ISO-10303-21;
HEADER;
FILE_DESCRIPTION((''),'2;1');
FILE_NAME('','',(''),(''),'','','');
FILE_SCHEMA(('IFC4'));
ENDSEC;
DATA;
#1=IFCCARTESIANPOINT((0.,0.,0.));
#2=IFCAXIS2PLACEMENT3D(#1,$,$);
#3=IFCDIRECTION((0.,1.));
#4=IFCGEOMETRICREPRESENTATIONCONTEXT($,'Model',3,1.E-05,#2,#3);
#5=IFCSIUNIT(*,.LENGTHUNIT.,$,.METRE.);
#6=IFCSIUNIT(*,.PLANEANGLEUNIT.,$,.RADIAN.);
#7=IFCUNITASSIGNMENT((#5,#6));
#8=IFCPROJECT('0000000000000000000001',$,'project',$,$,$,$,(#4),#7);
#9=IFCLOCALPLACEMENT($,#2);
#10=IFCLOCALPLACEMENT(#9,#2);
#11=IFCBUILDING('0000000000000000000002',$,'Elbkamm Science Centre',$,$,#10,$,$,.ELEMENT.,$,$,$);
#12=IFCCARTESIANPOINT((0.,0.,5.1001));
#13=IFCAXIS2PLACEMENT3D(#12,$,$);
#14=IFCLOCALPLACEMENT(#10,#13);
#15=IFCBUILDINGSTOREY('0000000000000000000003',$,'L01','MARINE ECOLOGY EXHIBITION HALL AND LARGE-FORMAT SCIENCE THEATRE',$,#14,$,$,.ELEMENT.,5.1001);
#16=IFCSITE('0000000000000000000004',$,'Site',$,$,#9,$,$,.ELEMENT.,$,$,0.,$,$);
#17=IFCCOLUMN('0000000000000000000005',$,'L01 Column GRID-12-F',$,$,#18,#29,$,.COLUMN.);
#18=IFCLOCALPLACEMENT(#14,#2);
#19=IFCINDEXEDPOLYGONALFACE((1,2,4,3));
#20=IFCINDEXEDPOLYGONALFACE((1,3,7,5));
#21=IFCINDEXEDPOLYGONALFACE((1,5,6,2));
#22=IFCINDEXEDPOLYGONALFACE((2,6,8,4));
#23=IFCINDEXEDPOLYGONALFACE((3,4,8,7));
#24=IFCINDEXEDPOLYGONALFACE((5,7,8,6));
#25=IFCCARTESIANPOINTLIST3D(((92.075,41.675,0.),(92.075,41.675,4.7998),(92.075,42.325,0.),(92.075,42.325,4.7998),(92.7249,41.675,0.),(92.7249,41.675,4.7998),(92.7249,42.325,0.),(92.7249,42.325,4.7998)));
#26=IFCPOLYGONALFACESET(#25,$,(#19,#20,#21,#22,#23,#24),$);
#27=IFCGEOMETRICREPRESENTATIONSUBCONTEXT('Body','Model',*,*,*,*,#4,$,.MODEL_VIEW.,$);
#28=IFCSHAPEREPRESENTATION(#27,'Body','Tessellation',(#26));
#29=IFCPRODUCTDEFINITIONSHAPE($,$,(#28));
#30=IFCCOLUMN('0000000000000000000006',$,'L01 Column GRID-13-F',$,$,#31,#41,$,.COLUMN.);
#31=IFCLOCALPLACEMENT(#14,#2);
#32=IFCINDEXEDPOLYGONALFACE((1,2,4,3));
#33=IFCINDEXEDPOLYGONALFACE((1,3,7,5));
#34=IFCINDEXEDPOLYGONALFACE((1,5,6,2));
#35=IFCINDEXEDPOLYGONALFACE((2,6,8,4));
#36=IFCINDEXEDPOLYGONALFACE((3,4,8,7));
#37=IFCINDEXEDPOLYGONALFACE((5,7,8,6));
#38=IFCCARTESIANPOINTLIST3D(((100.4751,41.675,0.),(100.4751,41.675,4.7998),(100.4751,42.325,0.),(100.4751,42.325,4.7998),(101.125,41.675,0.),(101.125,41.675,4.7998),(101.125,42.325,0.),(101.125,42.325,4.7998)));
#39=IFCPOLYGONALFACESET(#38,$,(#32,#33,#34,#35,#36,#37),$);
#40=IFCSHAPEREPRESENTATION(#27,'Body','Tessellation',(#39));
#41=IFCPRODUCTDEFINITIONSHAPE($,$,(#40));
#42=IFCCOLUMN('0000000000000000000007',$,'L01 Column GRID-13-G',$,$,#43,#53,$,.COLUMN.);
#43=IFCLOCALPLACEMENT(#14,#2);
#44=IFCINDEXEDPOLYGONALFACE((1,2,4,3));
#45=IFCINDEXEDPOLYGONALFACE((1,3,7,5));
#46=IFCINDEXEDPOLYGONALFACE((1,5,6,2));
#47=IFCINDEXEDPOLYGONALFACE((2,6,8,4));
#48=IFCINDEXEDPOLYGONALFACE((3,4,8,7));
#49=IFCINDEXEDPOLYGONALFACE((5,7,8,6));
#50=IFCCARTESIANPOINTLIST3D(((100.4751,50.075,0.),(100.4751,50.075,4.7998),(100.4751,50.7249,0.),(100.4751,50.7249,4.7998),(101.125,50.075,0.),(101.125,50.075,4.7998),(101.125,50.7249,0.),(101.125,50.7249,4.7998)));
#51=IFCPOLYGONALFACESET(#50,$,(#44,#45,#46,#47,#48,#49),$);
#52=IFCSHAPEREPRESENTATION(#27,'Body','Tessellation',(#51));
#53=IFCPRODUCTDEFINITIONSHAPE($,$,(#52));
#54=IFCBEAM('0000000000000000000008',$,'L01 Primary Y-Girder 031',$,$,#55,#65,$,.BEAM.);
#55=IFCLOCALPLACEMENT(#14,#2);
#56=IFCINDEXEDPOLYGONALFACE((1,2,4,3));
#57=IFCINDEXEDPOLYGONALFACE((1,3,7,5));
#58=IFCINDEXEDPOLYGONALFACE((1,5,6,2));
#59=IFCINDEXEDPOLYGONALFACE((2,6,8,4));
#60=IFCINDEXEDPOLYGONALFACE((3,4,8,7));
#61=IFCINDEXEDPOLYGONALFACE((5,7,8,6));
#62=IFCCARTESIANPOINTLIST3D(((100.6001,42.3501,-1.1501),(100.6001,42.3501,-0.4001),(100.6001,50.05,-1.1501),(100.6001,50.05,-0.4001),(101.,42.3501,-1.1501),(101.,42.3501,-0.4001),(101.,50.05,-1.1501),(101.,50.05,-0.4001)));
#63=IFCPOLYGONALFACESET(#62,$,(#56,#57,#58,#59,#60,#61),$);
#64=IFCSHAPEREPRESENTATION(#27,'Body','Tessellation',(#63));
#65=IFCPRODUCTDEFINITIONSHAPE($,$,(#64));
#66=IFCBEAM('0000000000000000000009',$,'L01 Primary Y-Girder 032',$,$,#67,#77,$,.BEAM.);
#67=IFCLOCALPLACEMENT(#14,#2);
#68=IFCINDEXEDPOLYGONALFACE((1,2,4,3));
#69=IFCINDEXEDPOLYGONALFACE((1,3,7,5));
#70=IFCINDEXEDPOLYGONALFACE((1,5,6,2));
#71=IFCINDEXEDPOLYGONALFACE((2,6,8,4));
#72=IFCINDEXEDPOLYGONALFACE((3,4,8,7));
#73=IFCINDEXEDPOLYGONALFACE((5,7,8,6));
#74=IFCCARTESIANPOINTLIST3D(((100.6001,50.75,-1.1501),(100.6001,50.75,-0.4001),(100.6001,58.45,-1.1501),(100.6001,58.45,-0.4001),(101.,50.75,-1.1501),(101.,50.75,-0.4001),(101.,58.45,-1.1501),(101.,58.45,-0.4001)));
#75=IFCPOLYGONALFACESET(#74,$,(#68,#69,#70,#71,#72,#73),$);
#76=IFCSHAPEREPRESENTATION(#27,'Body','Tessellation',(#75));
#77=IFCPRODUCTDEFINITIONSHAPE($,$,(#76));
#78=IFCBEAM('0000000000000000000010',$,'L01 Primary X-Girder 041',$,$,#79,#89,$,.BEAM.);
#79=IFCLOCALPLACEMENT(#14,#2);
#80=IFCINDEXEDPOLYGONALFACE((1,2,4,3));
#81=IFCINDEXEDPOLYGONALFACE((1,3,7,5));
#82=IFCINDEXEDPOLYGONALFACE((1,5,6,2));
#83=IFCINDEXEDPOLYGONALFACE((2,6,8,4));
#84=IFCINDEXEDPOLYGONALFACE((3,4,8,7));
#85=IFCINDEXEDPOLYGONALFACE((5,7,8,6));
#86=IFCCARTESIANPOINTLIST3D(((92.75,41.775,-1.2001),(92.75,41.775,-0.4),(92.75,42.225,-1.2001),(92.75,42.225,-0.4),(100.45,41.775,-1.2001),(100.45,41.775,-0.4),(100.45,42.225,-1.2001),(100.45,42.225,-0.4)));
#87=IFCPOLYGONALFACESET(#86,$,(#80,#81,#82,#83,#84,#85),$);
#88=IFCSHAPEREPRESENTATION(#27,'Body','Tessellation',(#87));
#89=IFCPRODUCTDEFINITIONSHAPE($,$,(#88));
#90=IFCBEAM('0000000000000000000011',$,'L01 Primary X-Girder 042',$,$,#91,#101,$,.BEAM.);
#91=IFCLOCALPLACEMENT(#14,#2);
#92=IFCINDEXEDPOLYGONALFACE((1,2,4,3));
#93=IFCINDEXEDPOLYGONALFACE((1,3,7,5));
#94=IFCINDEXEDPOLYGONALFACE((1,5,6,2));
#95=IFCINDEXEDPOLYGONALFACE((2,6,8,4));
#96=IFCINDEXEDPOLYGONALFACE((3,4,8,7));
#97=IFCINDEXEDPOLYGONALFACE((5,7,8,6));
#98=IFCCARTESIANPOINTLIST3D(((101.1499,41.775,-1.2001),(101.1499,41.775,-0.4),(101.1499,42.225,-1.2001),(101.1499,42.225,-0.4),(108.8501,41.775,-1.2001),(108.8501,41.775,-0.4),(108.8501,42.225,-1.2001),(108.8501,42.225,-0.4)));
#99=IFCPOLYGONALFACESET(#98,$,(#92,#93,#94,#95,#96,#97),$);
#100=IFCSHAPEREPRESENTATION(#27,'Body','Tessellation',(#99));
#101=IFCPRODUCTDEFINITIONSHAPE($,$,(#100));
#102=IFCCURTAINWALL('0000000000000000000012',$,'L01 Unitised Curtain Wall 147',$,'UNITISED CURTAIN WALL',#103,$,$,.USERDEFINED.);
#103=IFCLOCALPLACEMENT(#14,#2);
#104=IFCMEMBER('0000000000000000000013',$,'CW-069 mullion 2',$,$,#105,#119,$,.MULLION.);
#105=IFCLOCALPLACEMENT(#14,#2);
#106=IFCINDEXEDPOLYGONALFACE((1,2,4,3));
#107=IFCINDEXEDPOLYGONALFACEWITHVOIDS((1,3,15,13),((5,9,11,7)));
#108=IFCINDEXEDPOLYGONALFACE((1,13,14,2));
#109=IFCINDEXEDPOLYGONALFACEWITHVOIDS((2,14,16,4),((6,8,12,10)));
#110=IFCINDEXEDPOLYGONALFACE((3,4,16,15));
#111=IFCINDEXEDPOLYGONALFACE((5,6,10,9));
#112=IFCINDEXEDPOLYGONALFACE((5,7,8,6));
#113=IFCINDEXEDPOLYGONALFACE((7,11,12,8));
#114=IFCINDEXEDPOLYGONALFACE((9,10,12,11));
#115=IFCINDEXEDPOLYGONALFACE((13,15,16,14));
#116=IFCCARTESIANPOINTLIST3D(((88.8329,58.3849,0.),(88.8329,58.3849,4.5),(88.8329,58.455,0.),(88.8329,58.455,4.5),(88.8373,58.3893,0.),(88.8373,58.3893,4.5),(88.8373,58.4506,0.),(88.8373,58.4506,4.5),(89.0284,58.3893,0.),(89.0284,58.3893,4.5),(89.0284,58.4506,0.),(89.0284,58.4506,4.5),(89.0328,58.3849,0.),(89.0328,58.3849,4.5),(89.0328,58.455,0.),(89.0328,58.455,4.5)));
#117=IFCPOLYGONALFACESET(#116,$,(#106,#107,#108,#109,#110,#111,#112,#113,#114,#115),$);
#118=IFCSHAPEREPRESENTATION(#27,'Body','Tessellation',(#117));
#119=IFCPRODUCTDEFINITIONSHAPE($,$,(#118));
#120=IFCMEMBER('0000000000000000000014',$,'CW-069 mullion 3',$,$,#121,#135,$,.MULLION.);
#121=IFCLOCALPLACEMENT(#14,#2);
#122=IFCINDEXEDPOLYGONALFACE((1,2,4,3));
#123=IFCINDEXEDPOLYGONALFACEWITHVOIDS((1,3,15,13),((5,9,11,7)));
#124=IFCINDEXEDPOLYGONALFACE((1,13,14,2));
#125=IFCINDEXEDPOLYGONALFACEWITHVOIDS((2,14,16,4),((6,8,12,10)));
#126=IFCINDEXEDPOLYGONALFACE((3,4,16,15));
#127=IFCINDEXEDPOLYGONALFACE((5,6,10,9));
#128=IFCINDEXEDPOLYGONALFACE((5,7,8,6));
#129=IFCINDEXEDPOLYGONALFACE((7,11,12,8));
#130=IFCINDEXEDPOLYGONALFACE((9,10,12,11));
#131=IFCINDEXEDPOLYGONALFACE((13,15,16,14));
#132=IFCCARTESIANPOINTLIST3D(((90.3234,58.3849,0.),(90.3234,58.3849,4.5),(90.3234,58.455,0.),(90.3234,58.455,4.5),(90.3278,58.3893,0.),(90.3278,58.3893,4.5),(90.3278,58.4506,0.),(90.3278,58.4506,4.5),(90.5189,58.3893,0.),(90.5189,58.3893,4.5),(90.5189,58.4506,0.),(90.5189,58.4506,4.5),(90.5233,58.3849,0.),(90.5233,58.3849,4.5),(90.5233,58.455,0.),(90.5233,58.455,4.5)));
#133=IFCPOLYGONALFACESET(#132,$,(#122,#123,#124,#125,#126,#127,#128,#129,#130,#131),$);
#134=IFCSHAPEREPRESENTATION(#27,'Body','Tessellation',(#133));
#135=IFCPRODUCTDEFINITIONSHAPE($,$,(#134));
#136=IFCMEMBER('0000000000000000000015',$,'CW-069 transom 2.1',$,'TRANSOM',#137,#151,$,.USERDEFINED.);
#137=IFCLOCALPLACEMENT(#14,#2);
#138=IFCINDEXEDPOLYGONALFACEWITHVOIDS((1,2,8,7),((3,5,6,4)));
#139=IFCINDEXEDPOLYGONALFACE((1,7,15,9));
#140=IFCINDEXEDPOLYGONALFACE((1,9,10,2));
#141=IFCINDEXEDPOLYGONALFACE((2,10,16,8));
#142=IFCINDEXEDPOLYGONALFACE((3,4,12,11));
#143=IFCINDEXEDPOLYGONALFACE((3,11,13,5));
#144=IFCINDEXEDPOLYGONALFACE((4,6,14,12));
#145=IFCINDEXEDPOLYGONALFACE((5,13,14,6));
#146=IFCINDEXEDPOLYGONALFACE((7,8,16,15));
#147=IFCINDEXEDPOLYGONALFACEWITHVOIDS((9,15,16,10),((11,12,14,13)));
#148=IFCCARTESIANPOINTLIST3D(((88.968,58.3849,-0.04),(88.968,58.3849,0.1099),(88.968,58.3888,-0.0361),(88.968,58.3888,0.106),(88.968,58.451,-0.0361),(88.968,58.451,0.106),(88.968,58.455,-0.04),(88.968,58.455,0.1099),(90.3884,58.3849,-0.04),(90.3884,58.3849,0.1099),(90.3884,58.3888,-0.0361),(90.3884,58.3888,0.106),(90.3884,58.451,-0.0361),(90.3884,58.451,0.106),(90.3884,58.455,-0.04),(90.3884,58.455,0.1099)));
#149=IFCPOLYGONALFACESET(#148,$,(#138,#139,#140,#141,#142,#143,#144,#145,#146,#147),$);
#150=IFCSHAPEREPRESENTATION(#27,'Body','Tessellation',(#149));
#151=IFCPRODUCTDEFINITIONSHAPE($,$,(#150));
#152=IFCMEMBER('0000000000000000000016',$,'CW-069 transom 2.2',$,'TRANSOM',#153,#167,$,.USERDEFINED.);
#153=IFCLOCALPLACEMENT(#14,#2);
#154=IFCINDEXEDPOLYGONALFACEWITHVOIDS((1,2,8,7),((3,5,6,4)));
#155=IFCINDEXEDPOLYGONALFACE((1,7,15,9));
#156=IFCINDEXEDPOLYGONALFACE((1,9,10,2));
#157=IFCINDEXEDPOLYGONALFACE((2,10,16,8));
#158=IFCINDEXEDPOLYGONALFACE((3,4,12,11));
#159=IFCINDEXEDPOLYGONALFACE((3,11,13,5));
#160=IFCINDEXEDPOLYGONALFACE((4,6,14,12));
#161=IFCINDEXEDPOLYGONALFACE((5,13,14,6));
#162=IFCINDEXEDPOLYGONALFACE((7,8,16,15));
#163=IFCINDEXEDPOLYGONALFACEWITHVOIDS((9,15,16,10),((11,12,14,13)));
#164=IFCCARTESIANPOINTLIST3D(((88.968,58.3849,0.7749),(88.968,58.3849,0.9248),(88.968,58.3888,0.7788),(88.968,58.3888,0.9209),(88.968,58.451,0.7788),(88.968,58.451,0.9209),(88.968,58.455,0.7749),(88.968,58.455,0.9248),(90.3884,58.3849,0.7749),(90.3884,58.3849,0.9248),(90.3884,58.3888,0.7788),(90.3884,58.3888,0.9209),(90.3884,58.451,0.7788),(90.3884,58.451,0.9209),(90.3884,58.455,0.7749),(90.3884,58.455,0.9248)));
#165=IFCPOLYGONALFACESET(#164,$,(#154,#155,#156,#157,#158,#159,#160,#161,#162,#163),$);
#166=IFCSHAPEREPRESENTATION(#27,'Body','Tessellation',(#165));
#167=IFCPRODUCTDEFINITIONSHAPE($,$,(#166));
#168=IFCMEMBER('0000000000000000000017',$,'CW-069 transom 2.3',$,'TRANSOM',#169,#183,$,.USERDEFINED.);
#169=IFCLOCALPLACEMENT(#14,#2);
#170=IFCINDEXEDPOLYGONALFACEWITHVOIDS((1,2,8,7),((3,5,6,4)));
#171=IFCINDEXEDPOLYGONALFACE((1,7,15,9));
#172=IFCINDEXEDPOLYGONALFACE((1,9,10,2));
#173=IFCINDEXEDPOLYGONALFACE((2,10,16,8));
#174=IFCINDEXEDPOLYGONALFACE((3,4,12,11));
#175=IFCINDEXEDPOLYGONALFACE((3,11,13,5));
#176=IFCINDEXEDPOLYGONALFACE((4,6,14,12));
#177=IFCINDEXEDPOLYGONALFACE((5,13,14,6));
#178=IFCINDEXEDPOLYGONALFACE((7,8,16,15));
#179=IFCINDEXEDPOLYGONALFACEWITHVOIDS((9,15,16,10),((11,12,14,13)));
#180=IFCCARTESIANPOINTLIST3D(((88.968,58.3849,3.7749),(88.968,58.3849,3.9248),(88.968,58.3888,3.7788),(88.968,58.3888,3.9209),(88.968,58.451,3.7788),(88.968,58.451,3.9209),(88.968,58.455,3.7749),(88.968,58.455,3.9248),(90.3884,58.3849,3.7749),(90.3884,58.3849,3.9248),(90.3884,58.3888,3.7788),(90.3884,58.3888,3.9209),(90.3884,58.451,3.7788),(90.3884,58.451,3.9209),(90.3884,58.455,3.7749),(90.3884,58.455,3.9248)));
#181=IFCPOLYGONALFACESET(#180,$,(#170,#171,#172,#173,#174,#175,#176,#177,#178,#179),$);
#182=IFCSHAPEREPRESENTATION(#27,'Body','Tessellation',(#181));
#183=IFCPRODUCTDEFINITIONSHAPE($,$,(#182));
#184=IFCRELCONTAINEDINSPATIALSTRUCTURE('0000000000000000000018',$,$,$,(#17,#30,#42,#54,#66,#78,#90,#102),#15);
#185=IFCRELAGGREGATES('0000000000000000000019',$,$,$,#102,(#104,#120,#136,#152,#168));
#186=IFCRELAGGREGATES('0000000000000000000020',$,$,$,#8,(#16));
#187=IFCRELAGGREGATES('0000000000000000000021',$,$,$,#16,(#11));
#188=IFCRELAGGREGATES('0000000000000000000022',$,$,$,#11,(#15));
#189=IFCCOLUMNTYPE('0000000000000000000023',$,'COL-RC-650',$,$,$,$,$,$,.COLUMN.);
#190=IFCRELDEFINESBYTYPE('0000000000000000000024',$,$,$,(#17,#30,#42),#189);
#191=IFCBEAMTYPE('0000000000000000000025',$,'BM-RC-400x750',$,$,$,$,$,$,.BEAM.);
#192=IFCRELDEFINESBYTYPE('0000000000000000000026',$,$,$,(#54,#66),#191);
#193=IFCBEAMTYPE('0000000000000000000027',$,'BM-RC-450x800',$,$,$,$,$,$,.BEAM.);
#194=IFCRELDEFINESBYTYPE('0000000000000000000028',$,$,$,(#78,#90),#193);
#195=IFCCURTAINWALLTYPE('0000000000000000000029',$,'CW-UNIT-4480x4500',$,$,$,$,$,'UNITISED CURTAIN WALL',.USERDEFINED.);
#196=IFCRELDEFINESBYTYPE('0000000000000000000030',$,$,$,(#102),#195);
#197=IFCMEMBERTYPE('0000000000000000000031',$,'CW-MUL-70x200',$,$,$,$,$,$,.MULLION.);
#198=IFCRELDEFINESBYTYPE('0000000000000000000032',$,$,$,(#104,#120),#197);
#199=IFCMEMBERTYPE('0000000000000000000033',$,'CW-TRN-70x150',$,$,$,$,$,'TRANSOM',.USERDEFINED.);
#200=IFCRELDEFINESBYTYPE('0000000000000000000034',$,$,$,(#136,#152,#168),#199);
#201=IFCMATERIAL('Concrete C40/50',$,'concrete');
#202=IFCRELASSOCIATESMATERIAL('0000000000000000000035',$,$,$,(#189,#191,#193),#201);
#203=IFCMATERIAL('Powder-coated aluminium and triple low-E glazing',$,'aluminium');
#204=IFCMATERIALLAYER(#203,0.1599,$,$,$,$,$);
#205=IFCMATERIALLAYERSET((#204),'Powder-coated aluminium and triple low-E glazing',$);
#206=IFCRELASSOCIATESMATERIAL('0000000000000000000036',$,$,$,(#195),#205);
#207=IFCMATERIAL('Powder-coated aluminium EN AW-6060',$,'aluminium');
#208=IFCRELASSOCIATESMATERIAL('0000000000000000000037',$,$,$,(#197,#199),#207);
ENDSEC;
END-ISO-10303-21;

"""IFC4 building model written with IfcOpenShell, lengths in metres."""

from ifc_helpers import new_model, si_unit, direction, frame, origin, origin_2d, place, context, subcontext, project, spatial, rectangle, hollow_rectangle, extrude, material, layer, layer_set, material_profile, profile_set, type_object, element, aggregate, save


model = new_model("IFC4")

# Units and contexts
model_context = context("Model", 3, precision=1e-05, world=origin(), true_north=direction((0.0, 1.0)))
body_context = subcontext(model_context, "Body", "Model", "MODEL_VIEW")
ifc_project = project(units=[si_unit("LENGTHUNIT", "METRE"), si_unit("PLANEANGLEUNIT", "RADIAN")], contexts=[model_context])

# Site, building, storey
site_placement = place(None, origin())
site = spatial("IfcSite", under=ifc_project, at=site_placement, Name="Site", CompositionType="ELEMENT", RefElevation=0.0)
building_placement = place(site_placement, origin())
building = spatial("IfcBuilding", under=site, at=building_placement, Name="Elbkamm Science Centre", CompositionType="ELEMENT")
storey_placement = place(building_placement, frame((0.0, 0.0, 5.1001)))
storey = spatial("IfcBuildingStorey", under=building, at=storey_placement, Name="L01", Description="MARINE ECOLOGY EXHIBITION HALL AND LARGE-FORMAT SCIENCE THEATRE", CompositionType="ELEMENT", Elevation=5.1001)

# Columns
ifc_material_1 = material(Name="Concrete C40/50", Category="concrete")
ifc_material_profile_1 = material_profile(ifc_material_1, rectangle(XDim=0.6499, YDim=0.6499, at=origin_2d()), Name="RC 650x650")
ifc_profile_set_1 = profile_set([ifc_material_profile_1], Name="Concrete C40/50")
column_type = type_object("IfcColumnType", Name="COL-RC-650", PredefinedType="COLUMN", material=ifc_profile_set_1)
for number, where, z_axis, x_axis, name in (
    (1, (92.3999, 42.0, 0.0), (0.0, 0.0, 1.0), (1.0, 0.0, 0.0), "L01 Column GRID-12-F"),
    (2, (100.8, 42.0, 0.0), (0.0, 0.0, 1.0), (1.0, 0.0, 0.0), "L01 Column GRID-13-F"),
    (3, (100.8, 50.3999, 0.0), (0.0, 0.0, 1.0), (1.0, 0.0, 0.0), "L01 Column GRID-13-G"),
):
    element("IfcColumn", number, at=place(storey_placement, frame(where, z_axis=z_axis, x_axis=x_axis)), inside=storey, type_object=column_type, Name=name, PredefinedType="COLUMN", context=body_context, shape_type="SweptSolid", body=[
        extrude(rectangle(XDim=0.6499, YDim=0.6499, at=origin_2d()), origin(), (0.0, 0.0, 1.0), 4.7998),
    ])

# Beams
ifc_material_profile_2 = material_profile(ifc_material_1, rectangle(XDim=0.3999, YDim=0.75, at=origin_2d()), Name="RC 400x750")
ifc_profile_set_2 = profile_set([ifc_material_profile_2], Name="Concrete C40/50")
beam_type_1 = type_object("IfcBeamType", Name="BM-RC-400x750", PredefinedType="BEAM", material=ifc_profile_set_2)
for number, where, z_axis, x_axis, name in (
    (4, (100.8, 42.3501, -0.7751), (0.0, 1.0, 0.0), (-1.0, 0.0, 0.0), "L01 Primary Y-Girder 031"),
    (5, (100.8, 50.75, -0.7751), (0.0, 1.0, 0.0), (-1.0, 0.0, 0.0), "L01 Primary Y-Girder 032"),
):
    element("IfcBeam", number, at=place(storey_placement, frame(where, z_axis=z_axis, x_axis=x_axis)), inside=storey, type_object=beam_type_1, Name=name, PredefinedType="BEAM", context=body_context, shape_type="SweptSolid", body=[
        extrude(rectangle(XDim=0.3999, YDim=0.75, at=origin_2d()), origin(), (0.0, 0.0, 1.0), 7.7),
    ])
ifc_material_profile_3 = material_profile(ifc_material_1, rectangle(XDim=0.45, YDim=0.8, at=origin_2d()), Name="RC 450x800")
ifc_profile_set_3 = profile_set([ifc_material_profile_3], Name="Concrete C40/50")
beam_type_2 = type_object("IfcBeamType", Name="BM-RC-450x800", PredefinedType="BEAM", material=ifc_profile_set_3)
beam_1_placement = place(storey_placement, frame((92.75, 42.0, -0.8), z_axis=(1.0, 0.0, 0.0), x_axis=(0.0, 1.0, 0.0)))
element("IfcBeam", 6, at=beam_1_placement, inside=storey, type_object=beam_type_2, Name="L01 Primary X-Girder 041", PredefinedType="BEAM", context=body_context, shape_type="SweptSolid", body=[
    extrude(rectangle(XDim=0.45, YDim=0.8, at=origin_2d()), origin(), (0.0, 0.0, 1.0), 7.7),
])
beam_2_placement = place(storey_placement, frame((101.1499, 42.0, -0.8), z_axis=(1.0, 0.0, 0.0), x_axis=(0.0, 1.0, 0.0)))
element("IfcBeam", 7, at=beam_2_placement, inside=storey, type_object=beam_type_2, Name="L01 Primary X-Girder 042", PredefinedType="BEAM", context=body_context, shape_type="SweptSolid", body=[
    extrude(rectangle(XDim=0.45, YDim=0.8, at=origin_2d()), origin(), (0.0, 0.0, 1.0), 7.7002),
])

# Curtain wall, members
ifc_material_2 = material(Name="Powder-coated aluminium and triple low-E glazing", Category="aluminium")
ifc_layer_1 = layer(ifc_material_2, 0.1599)
ifc_layer_set_1 = layer_set([ifc_layer_1], Name="Powder-coated aluminium and triple low-E glazing")
curtain_wall_type = type_object("IfcCurtainWallType", Name="CW-UNIT-4480x4500", ElementType="UNITISED CURTAIN WALL", PredefinedType="USERDEFINED", material=ifc_layer_set_1)
curtain_wall_placement = place(storey_placement, origin())
curtain_wall = element("IfcCurtainWall", 8, at=curtain_wall_placement, inside=storey, type_object=curtain_wall_type, Name="L01 Unitised Curtain Wall 147", ObjectType="UNITISED CURTAIN WALL", PredefinedType="USERDEFINED")
ifc_material_3 = material(Name="Powder-coated aluminium EN AW-6060", Category="aluminium")
ifc_material_profile_4 = material_profile(ifc_material_3, hollow_rectangle(XDim=0.0701, YDim=0.2, WallThickness=0.0044, at=origin_2d()), Name="ALU M70x200")
ifc_profile_set_4 = profile_set([ifc_material_profile_4], Name="Powder-coated aluminium EN AW-6060")
member_type_1 = type_object("IfcMemberType", Name="CW-MUL-70x200", PredefinedType="MULLION", material=ifc_profile_set_4)
member_1_placement = place(storey_placement, frame((88.9329, 58.4199, 0.0), z_axis=(0.0, 0.0, 1.0), x_axis=(0.0, 1.0, 0.0)))
member_1 = element("IfcMember", 9, at=member_1_placement, type_object=member_type_1, Name="CW-069 mullion 2", PredefinedType="MULLION", context=body_context, shape_type="SweptSolid", body=[
    extrude(hollow_rectangle(XDim=0.0701, YDim=0.2, WallThickness=0.0044, at=origin_2d()), origin(), (0.0, 0.0, 1.0), 4.5),
])
member_2_placement = place(storey_placement, frame((90.4233, 58.4199, 0.0), z_axis=(0.0, 0.0, 1.0), x_axis=(0.0, 1.0, 0.0)))
member_2 = element("IfcMember", 10, at=member_2_placement, type_object=member_type_1, Name="CW-069 mullion 3", PredefinedType="MULLION", context=body_context, shape_type="SweptSolid", body=[
    extrude(hollow_rectangle(XDim=0.0701, YDim=0.2, WallThickness=0.0044, at=origin_2d()), origin(), (0.0, 0.0, 1.0), 4.5),
])
ifc_material_profile_5 = material_profile(ifc_material_3, hollow_rectangle(XDim=0.0701, YDim=0.1499, WallThickness=0.0039, at=origin_2d()), Name="ALU T70x150")
ifc_profile_set_5 = profile_set([ifc_material_profile_5], Name="Powder-coated aluminium EN AW-6060")
member_type_2 = type_object("IfcMemberType", Name="CW-TRN-70x150", ElementType="TRANSOM", PredefinedType="USERDEFINED", material=ifc_profile_set_5)
member_3_placement = place(storey_placement, frame((88.968, 58.4199, 0.0349), z_axis=(1.0, 0.0, 0.0), x_axis=(0.0, 1.0, 0.0)))
member_3 = element("IfcMember", 11, at=member_3_placement, type_object=member_type_2, Name="CW-069 transom 2.1", ObjectType="TRANSOM", PredefinedType="USERDEFINED", context=body_context, shape_type="SweptSolid", body=[
    extrude(hollow_rectangle(XDim=0.0701, YDim=0.1499, WallThickness=0.0039, at=origin_2d()), origin(), (0.0, 0.0, 1.0), 1.4204),
])
member_4_placement = place(storey_placement, frame((88.968, 58.4199, 0.8499), z_axis=(1.0, 0.0, 0.0), x_axis=(0.0, 1.0, 0.0)))
member_4 = element("IfcMember", 12, at=member_4_placement, type_object=member_type_2, Name="CW-069 transom 2.2", ObjectType="TRANSOM", PredefinedType="USERDEFINED", context=body_context, shape_type="SweptSolid", body=[
    extrude(hollow_rectangle(XDim=0.0701, YDim=0.1499, WallThickness=0.0039, at=origin_2d()), origin(), (0.0, 0.0, 1.0), 1.4204),
])
member_5_placement = place(storey_placement, frame((88.968, 58.4199, 3.8499), z_axis=(1.0, 0.0, 0.0), x_axis=(0.0, 1.0, 0.0)))
member_5 = element("IfcMember", 13, at=member_5_placement, type_object=member_type_2, Name="CW-069 transom 2.3", ObjectType="TRANSOM", PredefinedType="USERDEFINED", context=body_context, shape_type="SweptSolid", body=[
    extrude(hollow_rectangle(XDim=0.0701, YDim=0.1499, WallThickness=0.0039, at=origin_2d()), origin(), (0.0, 0.0, 1.0), 1.4204),
])

aggregate(curtain_wall, [member_1, member_2, member_3, member_4, member_5])

save(model, "model.ifc")
